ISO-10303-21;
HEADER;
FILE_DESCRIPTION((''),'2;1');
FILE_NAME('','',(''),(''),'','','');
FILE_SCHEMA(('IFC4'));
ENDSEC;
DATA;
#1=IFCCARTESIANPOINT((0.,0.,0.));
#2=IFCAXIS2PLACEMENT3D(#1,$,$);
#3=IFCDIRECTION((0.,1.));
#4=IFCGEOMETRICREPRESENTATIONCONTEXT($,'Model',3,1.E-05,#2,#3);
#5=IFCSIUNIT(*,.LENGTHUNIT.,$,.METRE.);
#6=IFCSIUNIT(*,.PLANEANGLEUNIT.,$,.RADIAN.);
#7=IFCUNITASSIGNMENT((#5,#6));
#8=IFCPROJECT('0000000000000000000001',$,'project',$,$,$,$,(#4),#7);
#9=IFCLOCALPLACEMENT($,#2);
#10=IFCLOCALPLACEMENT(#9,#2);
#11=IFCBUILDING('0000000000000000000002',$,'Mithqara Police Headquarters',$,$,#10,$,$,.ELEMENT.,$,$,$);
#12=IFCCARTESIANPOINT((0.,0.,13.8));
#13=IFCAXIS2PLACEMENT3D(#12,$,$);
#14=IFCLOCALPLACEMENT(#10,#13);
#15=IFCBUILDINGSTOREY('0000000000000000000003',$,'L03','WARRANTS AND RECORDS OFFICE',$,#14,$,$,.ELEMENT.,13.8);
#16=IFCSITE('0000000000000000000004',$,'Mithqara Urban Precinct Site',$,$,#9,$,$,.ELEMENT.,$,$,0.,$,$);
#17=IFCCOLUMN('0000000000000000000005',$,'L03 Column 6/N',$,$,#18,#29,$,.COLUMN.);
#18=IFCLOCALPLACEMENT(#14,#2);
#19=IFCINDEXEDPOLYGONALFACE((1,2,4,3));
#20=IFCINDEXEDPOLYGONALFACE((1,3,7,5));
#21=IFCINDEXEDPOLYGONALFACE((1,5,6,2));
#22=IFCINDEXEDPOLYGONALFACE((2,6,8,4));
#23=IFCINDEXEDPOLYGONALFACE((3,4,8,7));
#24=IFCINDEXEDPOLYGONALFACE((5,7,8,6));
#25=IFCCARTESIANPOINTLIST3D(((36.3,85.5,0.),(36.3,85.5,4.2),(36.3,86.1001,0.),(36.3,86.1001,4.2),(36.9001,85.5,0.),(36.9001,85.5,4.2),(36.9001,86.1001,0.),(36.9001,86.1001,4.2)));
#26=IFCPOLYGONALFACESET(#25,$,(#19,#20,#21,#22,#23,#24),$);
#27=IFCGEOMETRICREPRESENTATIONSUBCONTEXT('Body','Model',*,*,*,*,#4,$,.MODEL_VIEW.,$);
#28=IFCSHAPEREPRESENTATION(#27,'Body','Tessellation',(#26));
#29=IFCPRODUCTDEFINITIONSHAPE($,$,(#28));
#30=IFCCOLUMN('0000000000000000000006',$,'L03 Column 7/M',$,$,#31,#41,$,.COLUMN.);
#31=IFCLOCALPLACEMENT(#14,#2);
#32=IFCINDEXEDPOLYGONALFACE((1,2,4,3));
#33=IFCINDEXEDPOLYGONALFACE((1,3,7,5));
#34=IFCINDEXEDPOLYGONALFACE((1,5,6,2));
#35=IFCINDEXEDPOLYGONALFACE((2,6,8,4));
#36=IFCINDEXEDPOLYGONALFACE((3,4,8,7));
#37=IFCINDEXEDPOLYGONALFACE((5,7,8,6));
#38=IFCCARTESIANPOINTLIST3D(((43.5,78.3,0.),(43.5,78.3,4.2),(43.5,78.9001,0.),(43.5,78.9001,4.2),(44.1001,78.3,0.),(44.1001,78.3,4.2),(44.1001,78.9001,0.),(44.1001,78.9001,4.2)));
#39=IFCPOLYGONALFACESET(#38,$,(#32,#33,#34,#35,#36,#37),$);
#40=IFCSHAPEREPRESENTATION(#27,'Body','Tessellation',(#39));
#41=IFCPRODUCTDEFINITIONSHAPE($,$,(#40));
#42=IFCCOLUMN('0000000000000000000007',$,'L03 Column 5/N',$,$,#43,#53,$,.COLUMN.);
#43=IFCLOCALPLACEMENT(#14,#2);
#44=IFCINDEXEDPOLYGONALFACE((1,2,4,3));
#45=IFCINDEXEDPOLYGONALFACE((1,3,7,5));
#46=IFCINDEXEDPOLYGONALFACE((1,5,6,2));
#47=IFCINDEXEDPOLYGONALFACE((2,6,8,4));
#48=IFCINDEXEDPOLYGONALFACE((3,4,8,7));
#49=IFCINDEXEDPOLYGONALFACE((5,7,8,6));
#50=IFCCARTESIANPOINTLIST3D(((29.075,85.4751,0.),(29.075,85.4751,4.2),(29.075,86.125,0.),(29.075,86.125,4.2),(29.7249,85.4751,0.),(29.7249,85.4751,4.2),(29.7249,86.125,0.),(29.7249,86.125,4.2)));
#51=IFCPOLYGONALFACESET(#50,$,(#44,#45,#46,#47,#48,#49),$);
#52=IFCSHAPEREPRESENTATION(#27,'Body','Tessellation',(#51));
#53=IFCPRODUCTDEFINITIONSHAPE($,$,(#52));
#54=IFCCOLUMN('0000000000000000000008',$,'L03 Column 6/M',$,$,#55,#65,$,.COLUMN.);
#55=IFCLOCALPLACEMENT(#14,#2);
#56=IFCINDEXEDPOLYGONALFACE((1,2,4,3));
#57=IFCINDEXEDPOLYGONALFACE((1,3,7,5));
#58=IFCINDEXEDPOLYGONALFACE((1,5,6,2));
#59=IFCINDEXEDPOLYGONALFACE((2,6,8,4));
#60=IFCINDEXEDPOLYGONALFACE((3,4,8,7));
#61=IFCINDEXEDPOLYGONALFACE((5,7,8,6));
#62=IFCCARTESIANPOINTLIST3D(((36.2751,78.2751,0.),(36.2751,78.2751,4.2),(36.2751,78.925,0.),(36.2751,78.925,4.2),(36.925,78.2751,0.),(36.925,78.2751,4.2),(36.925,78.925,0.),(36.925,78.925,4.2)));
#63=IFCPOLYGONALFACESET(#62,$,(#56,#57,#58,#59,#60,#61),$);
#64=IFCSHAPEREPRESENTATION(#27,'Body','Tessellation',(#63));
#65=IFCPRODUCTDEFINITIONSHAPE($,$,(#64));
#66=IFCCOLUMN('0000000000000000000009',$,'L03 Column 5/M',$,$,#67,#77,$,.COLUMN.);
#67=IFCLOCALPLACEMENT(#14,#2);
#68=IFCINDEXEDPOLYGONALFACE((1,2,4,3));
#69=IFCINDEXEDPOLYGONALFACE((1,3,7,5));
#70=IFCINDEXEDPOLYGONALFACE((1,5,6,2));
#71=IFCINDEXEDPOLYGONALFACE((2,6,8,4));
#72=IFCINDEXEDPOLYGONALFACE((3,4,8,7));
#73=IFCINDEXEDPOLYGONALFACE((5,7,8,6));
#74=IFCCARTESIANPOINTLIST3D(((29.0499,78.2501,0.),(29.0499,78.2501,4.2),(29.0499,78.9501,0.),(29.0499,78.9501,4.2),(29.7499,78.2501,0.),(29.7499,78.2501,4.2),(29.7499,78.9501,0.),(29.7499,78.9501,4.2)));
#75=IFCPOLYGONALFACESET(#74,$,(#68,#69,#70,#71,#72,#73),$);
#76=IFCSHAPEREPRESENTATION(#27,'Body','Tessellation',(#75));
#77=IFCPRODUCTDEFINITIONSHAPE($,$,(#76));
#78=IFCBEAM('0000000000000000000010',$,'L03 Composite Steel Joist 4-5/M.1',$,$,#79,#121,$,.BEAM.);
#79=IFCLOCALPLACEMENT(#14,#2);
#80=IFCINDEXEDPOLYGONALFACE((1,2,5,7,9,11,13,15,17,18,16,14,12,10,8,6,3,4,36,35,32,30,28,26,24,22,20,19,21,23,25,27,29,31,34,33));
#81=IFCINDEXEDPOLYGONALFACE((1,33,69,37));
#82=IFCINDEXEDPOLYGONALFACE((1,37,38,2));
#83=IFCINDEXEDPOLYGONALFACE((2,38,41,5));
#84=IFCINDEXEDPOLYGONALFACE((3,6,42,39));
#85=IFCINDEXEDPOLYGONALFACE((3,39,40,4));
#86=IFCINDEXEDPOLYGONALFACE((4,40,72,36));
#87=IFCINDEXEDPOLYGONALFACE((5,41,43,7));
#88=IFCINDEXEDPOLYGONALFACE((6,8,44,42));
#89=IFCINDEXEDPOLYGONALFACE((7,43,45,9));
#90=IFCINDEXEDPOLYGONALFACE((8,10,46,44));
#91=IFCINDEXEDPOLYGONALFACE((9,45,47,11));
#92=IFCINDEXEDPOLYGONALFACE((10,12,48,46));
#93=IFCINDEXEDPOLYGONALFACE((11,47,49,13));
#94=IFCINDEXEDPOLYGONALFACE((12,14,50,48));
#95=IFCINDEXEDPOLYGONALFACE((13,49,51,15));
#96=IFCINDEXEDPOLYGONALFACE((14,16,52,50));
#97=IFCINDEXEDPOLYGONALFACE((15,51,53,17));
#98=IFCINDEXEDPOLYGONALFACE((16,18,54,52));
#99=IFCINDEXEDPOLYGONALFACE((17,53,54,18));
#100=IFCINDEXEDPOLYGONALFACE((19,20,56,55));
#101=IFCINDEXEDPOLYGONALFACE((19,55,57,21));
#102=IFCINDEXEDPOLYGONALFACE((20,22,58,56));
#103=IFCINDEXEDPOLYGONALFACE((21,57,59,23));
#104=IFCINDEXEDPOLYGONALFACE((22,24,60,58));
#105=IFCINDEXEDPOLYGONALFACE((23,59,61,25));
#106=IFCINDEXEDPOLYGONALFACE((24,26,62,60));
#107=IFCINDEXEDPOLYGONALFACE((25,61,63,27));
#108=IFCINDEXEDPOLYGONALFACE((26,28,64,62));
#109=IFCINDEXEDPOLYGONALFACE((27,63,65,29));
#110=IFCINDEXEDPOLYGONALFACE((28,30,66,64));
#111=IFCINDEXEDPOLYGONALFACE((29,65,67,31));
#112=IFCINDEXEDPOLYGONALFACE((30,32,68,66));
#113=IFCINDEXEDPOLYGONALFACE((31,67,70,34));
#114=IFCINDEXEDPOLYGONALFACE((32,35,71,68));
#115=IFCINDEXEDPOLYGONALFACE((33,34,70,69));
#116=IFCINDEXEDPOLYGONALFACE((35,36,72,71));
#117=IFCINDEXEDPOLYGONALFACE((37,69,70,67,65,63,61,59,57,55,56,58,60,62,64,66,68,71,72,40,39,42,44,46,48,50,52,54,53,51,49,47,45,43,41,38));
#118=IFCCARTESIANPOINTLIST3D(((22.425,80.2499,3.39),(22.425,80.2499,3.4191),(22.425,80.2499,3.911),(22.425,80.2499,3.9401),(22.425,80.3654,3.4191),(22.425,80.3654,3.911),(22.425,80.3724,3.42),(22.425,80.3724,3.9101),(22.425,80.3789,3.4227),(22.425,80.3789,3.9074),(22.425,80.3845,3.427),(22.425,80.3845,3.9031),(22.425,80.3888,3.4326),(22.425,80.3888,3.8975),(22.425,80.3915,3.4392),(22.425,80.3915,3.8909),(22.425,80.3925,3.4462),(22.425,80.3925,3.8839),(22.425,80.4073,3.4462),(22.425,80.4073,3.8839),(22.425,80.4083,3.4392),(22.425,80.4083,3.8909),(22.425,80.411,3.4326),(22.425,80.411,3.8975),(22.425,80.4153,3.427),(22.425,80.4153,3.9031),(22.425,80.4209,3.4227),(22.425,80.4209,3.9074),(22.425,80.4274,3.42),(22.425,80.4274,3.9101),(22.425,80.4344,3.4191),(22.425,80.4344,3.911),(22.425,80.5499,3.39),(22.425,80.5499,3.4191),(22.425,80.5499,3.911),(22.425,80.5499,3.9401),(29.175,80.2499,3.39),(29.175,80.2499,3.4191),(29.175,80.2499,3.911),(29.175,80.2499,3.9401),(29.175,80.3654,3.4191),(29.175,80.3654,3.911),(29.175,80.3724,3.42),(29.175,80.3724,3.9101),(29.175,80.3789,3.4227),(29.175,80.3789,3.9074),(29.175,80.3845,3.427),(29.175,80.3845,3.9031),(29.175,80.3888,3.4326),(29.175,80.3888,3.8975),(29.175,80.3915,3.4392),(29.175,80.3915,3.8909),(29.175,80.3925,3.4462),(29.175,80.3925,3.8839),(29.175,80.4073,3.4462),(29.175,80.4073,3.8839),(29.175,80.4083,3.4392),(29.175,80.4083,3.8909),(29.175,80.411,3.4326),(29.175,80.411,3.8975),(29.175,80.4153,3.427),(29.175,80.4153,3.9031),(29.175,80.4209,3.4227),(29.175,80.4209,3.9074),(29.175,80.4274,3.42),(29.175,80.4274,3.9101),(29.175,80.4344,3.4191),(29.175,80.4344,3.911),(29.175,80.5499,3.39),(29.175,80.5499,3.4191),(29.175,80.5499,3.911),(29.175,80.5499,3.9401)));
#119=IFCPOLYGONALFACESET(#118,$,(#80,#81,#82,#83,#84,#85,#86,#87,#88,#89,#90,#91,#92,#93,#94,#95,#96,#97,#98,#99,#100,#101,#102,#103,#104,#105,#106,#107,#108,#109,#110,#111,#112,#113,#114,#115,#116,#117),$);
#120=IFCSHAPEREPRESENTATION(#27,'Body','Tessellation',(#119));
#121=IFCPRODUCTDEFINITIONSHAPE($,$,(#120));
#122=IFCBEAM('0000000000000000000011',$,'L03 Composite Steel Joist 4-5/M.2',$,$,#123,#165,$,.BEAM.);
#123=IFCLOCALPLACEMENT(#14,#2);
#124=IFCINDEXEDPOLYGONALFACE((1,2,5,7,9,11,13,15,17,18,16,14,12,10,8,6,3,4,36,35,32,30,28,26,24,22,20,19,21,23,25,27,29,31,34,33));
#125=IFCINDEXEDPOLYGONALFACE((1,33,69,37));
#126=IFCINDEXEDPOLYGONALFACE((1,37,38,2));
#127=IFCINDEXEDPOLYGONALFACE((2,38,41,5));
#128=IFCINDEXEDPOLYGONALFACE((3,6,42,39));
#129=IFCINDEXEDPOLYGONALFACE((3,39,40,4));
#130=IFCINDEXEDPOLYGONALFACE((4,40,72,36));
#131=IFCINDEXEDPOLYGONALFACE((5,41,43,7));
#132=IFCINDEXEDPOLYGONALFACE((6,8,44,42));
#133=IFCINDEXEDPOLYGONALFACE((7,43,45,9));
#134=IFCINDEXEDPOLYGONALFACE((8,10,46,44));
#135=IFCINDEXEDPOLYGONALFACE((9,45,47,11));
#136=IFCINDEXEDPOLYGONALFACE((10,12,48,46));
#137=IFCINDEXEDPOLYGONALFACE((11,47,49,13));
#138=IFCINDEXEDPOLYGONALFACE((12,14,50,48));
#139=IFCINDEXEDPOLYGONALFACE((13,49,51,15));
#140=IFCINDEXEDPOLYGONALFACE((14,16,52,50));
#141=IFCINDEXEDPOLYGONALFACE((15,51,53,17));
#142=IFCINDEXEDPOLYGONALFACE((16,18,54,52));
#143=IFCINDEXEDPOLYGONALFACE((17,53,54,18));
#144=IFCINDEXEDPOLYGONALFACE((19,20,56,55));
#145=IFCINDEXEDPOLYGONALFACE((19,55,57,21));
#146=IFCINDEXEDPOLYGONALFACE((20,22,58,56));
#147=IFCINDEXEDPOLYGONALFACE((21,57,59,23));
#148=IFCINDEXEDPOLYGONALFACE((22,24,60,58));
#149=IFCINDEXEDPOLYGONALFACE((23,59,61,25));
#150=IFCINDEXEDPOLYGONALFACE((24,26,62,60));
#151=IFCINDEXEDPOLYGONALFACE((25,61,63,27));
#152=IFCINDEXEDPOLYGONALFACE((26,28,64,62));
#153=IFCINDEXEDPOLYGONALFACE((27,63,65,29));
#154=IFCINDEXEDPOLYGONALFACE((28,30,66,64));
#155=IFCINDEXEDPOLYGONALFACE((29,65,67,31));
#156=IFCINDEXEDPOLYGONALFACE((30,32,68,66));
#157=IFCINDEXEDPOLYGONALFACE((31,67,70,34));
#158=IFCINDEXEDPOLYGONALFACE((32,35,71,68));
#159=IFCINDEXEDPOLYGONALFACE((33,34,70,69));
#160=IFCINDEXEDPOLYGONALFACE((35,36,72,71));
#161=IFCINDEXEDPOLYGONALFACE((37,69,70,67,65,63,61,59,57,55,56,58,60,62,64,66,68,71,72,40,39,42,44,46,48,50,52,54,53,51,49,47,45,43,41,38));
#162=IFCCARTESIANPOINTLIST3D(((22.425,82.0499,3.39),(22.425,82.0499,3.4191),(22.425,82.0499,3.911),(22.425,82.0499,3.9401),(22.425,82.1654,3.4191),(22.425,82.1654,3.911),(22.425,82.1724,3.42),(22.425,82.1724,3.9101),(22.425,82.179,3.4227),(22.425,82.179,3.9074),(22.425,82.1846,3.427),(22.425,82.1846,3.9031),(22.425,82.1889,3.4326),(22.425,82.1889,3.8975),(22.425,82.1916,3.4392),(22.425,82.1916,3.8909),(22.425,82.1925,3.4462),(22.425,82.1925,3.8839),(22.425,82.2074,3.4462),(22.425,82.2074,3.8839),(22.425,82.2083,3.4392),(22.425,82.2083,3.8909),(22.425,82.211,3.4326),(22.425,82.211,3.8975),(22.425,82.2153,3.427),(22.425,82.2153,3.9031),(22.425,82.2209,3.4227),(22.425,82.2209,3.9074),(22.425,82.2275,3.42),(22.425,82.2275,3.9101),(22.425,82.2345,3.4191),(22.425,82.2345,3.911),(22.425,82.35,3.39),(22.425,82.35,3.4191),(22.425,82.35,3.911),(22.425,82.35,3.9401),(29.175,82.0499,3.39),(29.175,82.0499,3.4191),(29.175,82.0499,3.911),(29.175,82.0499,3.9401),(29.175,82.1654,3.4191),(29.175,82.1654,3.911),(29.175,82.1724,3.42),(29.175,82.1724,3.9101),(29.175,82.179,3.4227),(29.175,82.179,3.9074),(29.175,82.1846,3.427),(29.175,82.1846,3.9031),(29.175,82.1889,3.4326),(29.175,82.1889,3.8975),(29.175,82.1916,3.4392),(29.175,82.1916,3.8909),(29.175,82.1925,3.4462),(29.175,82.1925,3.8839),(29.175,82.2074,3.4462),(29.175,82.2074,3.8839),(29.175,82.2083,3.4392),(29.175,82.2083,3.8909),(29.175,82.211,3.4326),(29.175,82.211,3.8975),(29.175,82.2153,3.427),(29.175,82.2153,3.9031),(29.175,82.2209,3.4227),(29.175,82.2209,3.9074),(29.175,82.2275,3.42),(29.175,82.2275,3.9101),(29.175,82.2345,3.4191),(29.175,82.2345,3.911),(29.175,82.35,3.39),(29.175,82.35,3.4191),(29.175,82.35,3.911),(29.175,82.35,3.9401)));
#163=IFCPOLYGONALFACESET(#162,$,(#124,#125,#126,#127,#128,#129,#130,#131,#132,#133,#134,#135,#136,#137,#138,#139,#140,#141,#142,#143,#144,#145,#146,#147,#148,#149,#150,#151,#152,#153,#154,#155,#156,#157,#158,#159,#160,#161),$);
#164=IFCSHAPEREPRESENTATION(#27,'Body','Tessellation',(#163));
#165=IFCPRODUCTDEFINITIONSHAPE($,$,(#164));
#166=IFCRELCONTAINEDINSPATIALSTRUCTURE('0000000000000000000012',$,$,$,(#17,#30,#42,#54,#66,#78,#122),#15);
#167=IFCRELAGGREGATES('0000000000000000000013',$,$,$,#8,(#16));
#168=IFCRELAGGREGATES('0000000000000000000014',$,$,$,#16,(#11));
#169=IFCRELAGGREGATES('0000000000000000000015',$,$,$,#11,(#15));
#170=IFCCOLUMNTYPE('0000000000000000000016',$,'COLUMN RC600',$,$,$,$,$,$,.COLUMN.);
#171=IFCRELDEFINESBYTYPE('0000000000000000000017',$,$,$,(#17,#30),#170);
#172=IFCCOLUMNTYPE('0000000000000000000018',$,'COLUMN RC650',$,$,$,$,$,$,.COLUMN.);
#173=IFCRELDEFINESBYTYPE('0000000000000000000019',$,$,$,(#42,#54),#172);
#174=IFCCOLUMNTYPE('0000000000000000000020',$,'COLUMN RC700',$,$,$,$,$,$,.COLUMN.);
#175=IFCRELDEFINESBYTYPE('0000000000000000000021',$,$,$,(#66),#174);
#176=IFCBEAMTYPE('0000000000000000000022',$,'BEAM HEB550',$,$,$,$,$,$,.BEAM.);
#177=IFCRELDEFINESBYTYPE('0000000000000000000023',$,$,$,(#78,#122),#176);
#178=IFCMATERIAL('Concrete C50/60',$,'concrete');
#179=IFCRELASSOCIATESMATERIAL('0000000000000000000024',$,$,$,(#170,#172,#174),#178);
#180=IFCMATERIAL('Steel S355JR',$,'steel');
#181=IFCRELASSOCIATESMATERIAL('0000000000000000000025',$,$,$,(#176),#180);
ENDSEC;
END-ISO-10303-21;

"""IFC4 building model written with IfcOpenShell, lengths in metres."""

from ifc_helpers import new_model, si_unit, direction, frame, origin, origin_2d, place, context, subcontext, project, spatial, rectangle, i_section, extrude, material, material_profile, profile_set, type_object, element, save


model = new_model("IFC4")

# Units and contexts
model_context = context("Model", 3, precision=1e-05, world=origin(), true_north=direction((0.0, 1.0)))
body_context = subcontext(model_context, "Body", "Model", "MODEL_VIEW")
ifc_project = project(units=[si_unit("LENGTHUNIT", "METRE"), si_unit("PLANEANGLEUNIT", "RADIAN")], contexts=[model_context])

# Site, building, storey
site_placement = place(None, origin())
site = spatial("IfcSite", under=ifc_project, at=site_placement, Name="Mithqara Urban Precinct Site", CompositionType="ELEMENT", RefElevation=0.0)
building_placement = place(site_placement, origin())
building = spatial("IfcBuilding", under=site, at=building_placement, Name="Mithqara Police Headquarters", CompositionType="ELEMENT")
storey_placement = place(building_placement, frame((0.0, 0.0, 13.8)))
storey = spatial("IfcBuildingStorey", under=building, at=storey_placement, Name="L03", Description="WARRANTS AND RECORDS OFFICE", CompositionType="ELEMENT", Elevation=13.8)

# Columns
ifc_material_1 = material(Name="Concrete C50/60", Category="concrete")
ifc_material_profile_1 = material_profile(ifc_material_1, rectangle(XDim=0.6001, YDim=0.6001, at=origin_2d()), Name="RC 600x600")
ifc_profile_set_1 = profile_set([ifc_material_profile_1], Name="Concrete C50/60")
column_type_1 = type_object("IfcColumnType", Name="COLUMN RC600", PredefinedType="COLUMN", material=ifc_profile_set_1)
for number, where, z_axis, x_axis, name in (
    (1, (36.6001, 85.8, 0.0), (0.0, 0.0, 1.0), (1.0, 0.0, 0.0), "L03 Column 6/N"),
    (2, (43.8, 78.6001, 0.0), (0.0, 0.0, 1.0), (1.0, 0.0, 0.0), "L03 Column 7/M"),
):
    element("IfcColumn", number, at=place(storey_placement, frame(where, z_axis=z_axis, x_axis=x_axis)), inside=storey, type_object=column_type_1, Name=name, PredefinedType="COLUMN", context=body_context, shape_type="SweptSolid", body=[
        extrude(rectangle(XDim=0.6001, YDim=0.6001, at=origin_2d()), origin(), (0.0, 0.0, 1.0), 4.2),
    ])
ifc_material_profile_2 = material_profile(ifc_material_1, rectangle(XDim=0.6499, YDim=0.6499, at=origin_2d()), Name="RC 650x650")
ifc_profile_set_2 = profile_set([ifc_material_profile_2], Name="Concrete C50/60")
column_type_2 = type_object("IfcColumnType", Name="COLUMN RC650", PredefinedType="COLUMN", material=ifc_profile_set_2)
for number, where, z_axis, x_axis, name in (
    (3, (29.3999, 85.8, 0.0), (0.0, 0.0, 1.0), (1.0, 0.0, 0.0), "L03 Column 5/N"),
    (4, (36.6001, 78.6001, 0.0), (0.0, 0.0, 1.0), (1.0, 0.0, 0.0), "L03 Column 6/M"),
):
    element("IfcColumn", number, at=place(storey_placement, frame(where, z_axis=z_axis, x_axis=x_axis)), inside=storey, type_object=column_type_2, Name=name, PredefinedType="COLUMN", context=body_context, shape_type="SweptSolid", body=[
        extrude(rectangle(XDim=0.6499, YDim=0.6499, at=origin_2d()), origin(), (0.0, 0.0, 1.0), 4.2),
    ])
ifc_material_profile_3 = material_profile(ifc_material_1, rectangle(XDim=0.7, YDim=0.7, at=origin_2d()), Name="RC 700x700")
ifc_profile_set_3 = profile_set([ifc_material_profile_3], Name="Concrete C50/60")
column_type_3 = type_object("IfcColumnType", Name="COLUMN RC700", PredefinedType="COLUMN", material=ifc_profile_set_3)
column_placement = place(storey_placement, frame((29.3999, 78.6001, 0.0), z_axis=(0.0, 0.0, 1.0), x_axis=(1.0, 0.0, 0.0)))
element("IfcColumn", 5, at=column_placement, inside=storey, type_object=column_type_3, Name="L03 Column 5/M", PredefinedType="COLUMN", context=body_context, shape_type="SweptSolid", body=[
    extrude(rectangle(XDim=0.7, YDim=0.7, at=origin_2d()), origin(), (0.0, 0.0, 1.0), 4.2),
])

# Beams
ifc_material_2 = material(Name="Steel S355JR", Category="steel")
ifc_material_profile_4 = material_profile(ifc_material_2, i_section(OverallWidth=0.3, OverallDepth=0.55, WebThickness=0.0149, FlangeThickness=0.0291, FilletRadius=0.0271, at=origin_2d()), Name="HEB 550")
ifc_profile_set_4 = profile_set([ifc_material_profile_4], Name="Steel S355JR")
beam_type_1 = type_object("IfcBeamType", Name="BEAM HEB550", PredefinedType="BEAM", material=ifc_profile_set_4)
for number, where, z_axis, x_axis, name in (
    (6, (22.425, 80.3999, 3.665), (1.0, 0.0, 0.0), (0.0, 1.0, 0.0), "L03 Composite Steel Joist 4-5/M.1"),
    (7, (22.425, 82.2, 3.665), (1.0, 0.0, 0.0), (0.0, 1.0, 0.0), "L03 Composite Steel Joist 4-5/M.2"),
):
    element("IfcBeam", number, at=place(storey_placement, frame(where, z_axis=z_axis, x_axis=x_axis)), inside=storey, type_object=beam_type_1, Name=name, PredefinedType="BEAM", context=body_context, shape_type="SweptSolid", body=[
        extrude(i_section(OverallWidth=0.3, OverallDepth=0.55, WebThickness=0.0149, FlangeThickness=0.0291, FilletRadius=0.0271, at=origin_2d()), origin(), (0.0, 0.0, 1.0), 6.75),
    ])

save(model, "model.ifc")
